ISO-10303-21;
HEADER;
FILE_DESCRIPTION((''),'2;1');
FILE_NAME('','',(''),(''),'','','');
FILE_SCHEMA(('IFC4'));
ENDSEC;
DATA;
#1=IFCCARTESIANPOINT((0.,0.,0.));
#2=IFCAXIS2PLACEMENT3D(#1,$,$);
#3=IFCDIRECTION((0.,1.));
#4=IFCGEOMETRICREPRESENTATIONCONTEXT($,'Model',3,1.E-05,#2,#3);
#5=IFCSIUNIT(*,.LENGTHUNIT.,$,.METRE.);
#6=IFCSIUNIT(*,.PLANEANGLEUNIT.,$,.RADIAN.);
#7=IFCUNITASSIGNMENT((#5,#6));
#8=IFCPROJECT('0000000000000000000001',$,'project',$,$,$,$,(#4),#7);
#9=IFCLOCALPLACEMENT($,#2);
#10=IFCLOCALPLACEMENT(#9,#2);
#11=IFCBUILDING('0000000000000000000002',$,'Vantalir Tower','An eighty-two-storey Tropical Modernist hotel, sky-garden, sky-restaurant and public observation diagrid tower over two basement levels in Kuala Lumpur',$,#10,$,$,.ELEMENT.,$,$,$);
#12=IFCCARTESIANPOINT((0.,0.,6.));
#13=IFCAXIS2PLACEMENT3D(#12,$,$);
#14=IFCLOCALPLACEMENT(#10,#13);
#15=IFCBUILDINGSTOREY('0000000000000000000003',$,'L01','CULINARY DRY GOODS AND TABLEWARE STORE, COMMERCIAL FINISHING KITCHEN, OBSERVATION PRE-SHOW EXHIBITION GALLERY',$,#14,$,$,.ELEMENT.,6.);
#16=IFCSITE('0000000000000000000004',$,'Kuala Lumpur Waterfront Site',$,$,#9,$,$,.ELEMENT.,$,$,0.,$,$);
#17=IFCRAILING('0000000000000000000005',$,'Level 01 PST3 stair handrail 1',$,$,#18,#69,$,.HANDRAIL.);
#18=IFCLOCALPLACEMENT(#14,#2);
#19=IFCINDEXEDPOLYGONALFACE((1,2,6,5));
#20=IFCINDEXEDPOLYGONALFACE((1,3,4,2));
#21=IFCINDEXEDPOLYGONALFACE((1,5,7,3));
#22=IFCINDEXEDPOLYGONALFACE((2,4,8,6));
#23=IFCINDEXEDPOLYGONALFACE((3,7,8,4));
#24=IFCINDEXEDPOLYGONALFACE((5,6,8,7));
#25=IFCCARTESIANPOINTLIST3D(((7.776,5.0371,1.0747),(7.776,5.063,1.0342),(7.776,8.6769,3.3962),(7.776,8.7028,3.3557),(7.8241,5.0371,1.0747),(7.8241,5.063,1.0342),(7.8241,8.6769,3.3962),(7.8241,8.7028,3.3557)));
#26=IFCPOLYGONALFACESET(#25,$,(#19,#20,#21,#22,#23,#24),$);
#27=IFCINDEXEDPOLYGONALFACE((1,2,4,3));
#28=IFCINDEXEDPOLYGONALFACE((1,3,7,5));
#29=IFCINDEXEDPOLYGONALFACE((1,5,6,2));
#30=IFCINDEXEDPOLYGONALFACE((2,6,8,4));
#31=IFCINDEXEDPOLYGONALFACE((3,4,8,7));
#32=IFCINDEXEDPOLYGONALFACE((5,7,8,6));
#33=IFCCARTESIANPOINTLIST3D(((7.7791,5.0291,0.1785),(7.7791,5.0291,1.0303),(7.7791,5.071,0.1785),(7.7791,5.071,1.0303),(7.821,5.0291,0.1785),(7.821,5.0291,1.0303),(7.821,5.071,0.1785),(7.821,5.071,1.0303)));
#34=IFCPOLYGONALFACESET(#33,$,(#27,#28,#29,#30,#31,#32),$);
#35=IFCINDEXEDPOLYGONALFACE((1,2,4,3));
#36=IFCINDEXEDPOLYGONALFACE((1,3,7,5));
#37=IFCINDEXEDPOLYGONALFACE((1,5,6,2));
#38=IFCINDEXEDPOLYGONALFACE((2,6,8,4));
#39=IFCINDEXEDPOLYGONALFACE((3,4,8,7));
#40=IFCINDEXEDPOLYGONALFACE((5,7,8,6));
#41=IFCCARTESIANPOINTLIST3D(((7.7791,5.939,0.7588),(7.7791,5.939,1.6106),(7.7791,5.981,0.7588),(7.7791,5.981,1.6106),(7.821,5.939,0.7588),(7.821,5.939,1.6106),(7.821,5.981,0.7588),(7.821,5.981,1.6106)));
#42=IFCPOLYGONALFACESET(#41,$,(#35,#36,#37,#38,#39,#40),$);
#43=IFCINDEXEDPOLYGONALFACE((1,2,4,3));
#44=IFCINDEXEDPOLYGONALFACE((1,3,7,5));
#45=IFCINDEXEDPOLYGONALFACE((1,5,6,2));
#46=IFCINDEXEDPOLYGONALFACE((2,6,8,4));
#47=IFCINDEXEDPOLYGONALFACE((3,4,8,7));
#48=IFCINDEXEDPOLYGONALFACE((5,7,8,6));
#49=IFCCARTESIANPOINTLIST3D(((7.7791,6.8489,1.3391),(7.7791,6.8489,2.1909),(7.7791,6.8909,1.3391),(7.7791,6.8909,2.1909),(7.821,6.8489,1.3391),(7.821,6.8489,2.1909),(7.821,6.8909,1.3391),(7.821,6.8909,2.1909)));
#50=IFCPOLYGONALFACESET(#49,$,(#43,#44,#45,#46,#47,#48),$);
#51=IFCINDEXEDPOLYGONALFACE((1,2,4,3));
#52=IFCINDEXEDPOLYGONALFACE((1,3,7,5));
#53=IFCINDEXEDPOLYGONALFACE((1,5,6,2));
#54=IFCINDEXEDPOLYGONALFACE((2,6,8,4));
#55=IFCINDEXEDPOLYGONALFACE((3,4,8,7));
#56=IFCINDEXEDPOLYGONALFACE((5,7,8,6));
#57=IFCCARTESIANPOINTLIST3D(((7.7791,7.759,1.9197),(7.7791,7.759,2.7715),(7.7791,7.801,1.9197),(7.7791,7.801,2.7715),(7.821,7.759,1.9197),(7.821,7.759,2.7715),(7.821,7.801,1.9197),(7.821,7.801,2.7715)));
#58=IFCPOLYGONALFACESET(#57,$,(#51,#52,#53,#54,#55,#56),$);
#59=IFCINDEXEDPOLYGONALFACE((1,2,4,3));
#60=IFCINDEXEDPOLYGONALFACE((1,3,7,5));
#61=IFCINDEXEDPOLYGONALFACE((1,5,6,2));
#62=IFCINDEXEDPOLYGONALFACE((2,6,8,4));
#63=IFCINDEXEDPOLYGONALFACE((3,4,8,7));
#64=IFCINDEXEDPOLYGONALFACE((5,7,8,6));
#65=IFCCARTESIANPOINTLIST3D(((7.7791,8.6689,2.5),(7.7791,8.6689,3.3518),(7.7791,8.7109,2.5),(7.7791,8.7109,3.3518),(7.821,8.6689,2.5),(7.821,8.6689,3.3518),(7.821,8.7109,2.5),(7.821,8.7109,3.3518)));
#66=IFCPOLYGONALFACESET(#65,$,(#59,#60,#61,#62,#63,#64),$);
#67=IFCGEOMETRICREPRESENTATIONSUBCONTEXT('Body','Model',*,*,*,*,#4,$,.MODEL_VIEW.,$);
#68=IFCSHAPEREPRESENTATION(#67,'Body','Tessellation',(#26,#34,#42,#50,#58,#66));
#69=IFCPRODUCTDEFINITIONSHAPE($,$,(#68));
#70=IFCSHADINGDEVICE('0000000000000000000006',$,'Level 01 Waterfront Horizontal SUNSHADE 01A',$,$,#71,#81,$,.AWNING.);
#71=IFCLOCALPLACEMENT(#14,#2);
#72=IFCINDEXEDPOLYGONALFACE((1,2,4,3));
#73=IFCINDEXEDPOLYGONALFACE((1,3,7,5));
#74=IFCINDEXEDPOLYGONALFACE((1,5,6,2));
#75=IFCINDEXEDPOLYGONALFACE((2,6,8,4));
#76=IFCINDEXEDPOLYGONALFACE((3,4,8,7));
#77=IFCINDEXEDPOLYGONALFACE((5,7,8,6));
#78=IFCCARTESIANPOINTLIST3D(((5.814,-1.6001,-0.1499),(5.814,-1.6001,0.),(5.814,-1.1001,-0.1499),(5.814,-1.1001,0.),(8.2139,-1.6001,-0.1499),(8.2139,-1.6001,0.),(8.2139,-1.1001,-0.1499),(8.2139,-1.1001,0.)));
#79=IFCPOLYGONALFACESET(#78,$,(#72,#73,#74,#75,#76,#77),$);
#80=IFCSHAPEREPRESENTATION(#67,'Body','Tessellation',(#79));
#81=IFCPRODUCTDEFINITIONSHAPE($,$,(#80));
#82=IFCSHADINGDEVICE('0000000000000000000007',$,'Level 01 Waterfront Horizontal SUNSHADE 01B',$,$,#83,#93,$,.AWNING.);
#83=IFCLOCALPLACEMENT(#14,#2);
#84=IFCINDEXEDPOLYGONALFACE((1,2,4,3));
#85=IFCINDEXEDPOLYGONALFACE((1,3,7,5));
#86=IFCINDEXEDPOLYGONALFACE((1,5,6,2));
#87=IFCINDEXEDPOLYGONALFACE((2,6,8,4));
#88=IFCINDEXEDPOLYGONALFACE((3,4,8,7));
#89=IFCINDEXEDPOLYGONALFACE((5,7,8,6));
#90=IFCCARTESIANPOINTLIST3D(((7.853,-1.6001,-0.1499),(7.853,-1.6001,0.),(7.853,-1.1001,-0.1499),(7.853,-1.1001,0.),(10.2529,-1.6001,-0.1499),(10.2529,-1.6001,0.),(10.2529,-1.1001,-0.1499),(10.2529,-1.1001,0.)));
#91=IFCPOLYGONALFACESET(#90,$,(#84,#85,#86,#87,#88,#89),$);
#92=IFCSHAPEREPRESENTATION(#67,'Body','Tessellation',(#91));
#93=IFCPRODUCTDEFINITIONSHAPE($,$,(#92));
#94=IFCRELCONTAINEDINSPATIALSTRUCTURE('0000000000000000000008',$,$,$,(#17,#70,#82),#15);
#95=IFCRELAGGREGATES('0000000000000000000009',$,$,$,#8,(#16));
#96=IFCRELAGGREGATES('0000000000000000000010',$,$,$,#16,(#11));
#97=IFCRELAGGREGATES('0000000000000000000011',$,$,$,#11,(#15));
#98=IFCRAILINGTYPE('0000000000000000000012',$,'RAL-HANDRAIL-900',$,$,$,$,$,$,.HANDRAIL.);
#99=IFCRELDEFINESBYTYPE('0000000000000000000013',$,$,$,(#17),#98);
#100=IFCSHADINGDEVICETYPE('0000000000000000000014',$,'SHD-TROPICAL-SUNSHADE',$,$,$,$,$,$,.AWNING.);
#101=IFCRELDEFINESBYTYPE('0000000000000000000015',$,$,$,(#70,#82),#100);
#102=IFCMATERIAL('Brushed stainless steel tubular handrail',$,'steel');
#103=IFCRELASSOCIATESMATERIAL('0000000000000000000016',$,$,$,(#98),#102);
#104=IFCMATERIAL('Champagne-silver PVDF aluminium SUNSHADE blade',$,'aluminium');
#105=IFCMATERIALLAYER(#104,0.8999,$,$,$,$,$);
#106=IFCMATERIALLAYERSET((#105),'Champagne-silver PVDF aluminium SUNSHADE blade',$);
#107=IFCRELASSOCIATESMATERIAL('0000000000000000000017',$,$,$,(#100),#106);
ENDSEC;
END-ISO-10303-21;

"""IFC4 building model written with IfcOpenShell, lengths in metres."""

from ifc_helpers import new_model, si_unit, direction, frame, origin, origin_2d, place, context, subcontext, project, spatial, rectangle, extrude, material, layer, layer_set, type_object, element, save


model = new_model("IFC4")

# Units and contexts
model_context = context("Model", 3, precision=1e-05, world=origin(), true_north=direction((0.0, 1.0)))
body_context = subcontext(model_context, "Body", "Model", "MODEL_VIEW")
ifc_project = project(units=[si_unit("LENGTHUNIT", "METRE"), si_unit("PLANEANGLEUNIT", "RADIAN")], contexts=[model_context])

# Site, building, storey
site_placement = place(None, origin())
site = spatial("IfcSite", under=ifc_project, at=site_placement, Name="Kuala Lumpur Waterfront Site", CompositionType="ELEMENT", RefElevation=0.0)
building_placement = place(site_placement, origin())
building = spatial("IfcBuilding", under=site, at=building_placement, Name="Vantalir Tower", Description="An eighty-two-storey Tropical Modernist hotel, sky-garden, sky-restaurant and public observation diagrid tower over two basement levels in Kuala Lumpur", CompositionType="ELEMENT")
storey_placement = place(building_placement, frame((0.0, 0.0, 6.0)))
storey = spatial("IfcBuildingStorey", under=building, at=storey_placement, Name="L01", Description="CULINARY DRY GOODS AND TABLEWARE STORE, COMMERCIAL FINISHING KITCHEN, OBSERVATION PRE-SHOW EXHIBITION GALLERY", CompositionType="ELEMENT", Elevation=6.0)

# Railing
ifc_material_1 = material(Name="Brushed stainless steel tubular handrail", Category="steel")
railing_type_1 = type_object("IfcRailingType", Name="RAL-HANDRAIL-900", PredefinedType="HANDRAIL", material=ifc_material_1)
railing_1_placement = place(storey_placement, frame((7.8, 5.05, 0.1785)))
element("IfcRailing", 1, at=railing_1_placement, inside=storey, type_object=railing_type_1, Name="Level 01 PST3 stair handrail 1", PredefinedType="HANDRAIL", context=body_context, shape_type="SweptSolid", body=[
    extrude(rectangle(XDim=0.0481, YDim=0.0481, at=origin_2d()), frame((0.0, 0.0, 0.876), z_axis=(0.0, 0.843112, 0.537739), x_axis=(-1.0, 0.0, 0.0)), (0.0, 0.0, 1.0), 4.3171),
    extrude(rectangle(XDim=0.042, YDim=0.042, at=origin_2d()), origin(), (0.0, 0.0, 1.0), 0.8518),
    extrude(rectangle(XDim=0.042, YDim=0.042, at=origin_2d()), frame((0.0, 0.9099, 0.5803)), (0.0, 0.0, 1.0), 0.8518),
    extrude(rectangle(XDim=0.042, YDim=0.042, at=origin_2d()), frame((0.0, 1.8198, 1.1606)), (0.0, 0.0, 1.0), 0.8518),
    extrude(rectangle(XDim=0.042, YDim=0.042, at=origin_2d()), frame((0.0, 2.73, 1.7412)), (0.0, 0.0, 1.0), 0.8518),
    extrude(rectangle(XDim=0.042, YDim=0.042, at=origin_2d()), frame((0.0, 3.6399, 2.3215)), (0.0, 0.0, 1.0), 0.8518),
])

# Shading devices
ifc_material_2 = material(Name="Champagne-silver PVDF aluminium SUNSHADE blade", Category="aluminium")
ifc_layer_1 = layer(ifc_material_2, 0.8999)
ifc_layer_set_1 = layer_set([ifc_layer_1], Name="Champagne-silver PVDF aluminium SUNSHADE blade")
shading_device_type = type_object("IfcShadingDeviceType", Name="SHD-TROPICAL-SUNSHADE", PredefinedType="AWNING", material=ifc_layer_set_1)
for number, where, z_axis, x_axis, name in (
    (2, (7.0139, -1.3501, -0.1499), (0.0, 0.0, 1.0), (1.0, 0.0, 0.0), "Level 01 Waterfront Horizontal SUNSHADE 01A"),
    (3, (9.053, -1.3501, -0.1499), (0.0, 0.0, 1.0), (1.0, 0.0, 0.0), "Level 01 Waterfront Horizontal SUNSHADE 01B"),
):
    element("IfcShadingDevice", number, at=place(storey_placement, frame(where, z_axis=z_axis, x_axis=x_axis)), inside=storey, type_object=shading_device_type, Name=name, PredefinedType="AWNING", context=body_context, shape_type="SweptSolid", body=[
        extrude(rectangle(XDim=2.3999, YDim=0.5, at=origin_2d()), origin(), (0.0, 0.0, 1.0), 0.1499),
    ])

save(model, "model.ifc")
